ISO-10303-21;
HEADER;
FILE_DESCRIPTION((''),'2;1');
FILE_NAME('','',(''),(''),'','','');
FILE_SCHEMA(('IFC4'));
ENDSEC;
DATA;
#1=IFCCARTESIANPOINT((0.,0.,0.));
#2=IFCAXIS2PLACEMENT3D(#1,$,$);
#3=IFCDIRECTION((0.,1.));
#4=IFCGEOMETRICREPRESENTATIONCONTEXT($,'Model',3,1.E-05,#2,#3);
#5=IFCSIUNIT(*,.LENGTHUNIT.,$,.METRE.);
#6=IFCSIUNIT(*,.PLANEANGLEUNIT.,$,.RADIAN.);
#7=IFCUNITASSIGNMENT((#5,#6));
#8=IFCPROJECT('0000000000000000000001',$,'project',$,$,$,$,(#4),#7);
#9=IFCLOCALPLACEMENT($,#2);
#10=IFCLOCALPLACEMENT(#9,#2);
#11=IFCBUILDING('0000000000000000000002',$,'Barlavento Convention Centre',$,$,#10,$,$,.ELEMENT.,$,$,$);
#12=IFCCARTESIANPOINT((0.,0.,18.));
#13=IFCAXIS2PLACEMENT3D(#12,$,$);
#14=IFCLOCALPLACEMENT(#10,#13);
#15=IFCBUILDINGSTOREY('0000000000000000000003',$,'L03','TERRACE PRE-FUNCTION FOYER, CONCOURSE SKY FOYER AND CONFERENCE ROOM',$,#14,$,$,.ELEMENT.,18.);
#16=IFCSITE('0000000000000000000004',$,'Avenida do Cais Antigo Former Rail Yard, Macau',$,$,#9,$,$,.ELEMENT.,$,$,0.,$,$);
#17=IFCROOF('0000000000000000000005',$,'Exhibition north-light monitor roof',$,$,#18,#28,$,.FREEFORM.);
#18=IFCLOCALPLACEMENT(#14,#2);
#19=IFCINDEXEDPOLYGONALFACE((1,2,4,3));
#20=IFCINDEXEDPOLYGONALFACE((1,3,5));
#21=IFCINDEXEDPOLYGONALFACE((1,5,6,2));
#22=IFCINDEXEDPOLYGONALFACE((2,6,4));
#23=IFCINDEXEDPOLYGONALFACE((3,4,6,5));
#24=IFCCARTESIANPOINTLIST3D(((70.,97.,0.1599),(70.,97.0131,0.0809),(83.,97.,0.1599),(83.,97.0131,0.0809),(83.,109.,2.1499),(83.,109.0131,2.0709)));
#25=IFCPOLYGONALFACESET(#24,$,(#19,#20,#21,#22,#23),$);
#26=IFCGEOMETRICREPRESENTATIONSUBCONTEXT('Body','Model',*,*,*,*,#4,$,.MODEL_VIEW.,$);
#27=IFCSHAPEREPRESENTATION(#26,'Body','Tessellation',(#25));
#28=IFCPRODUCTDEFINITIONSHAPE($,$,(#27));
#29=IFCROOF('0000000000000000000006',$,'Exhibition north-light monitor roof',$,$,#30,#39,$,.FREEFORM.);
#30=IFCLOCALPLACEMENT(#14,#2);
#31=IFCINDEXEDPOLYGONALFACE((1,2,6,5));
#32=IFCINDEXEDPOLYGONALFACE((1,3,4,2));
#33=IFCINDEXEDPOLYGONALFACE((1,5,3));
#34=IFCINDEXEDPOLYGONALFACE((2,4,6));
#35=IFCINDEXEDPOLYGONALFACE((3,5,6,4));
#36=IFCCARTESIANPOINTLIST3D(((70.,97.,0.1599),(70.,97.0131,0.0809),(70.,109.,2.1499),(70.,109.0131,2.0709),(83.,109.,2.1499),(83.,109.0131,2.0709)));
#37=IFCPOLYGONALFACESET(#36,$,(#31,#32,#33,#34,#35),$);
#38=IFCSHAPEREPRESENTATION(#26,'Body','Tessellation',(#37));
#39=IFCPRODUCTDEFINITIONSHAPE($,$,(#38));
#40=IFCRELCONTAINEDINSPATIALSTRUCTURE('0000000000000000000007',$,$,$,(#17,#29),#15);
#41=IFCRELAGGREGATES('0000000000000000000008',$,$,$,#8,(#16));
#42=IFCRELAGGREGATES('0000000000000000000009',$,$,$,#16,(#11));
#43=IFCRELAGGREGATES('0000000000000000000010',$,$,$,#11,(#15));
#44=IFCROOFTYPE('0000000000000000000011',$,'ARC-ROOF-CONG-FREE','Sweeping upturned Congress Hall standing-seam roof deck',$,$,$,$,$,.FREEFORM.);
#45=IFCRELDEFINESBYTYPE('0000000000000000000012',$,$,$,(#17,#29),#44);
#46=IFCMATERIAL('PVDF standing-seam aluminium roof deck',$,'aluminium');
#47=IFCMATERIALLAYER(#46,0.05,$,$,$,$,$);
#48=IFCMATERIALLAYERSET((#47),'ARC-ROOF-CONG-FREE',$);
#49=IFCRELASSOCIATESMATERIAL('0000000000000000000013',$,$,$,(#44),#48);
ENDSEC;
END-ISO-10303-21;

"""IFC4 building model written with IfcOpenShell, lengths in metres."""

from ifc_helpers import new_model, si_unit, direction, frame, origin, place, context, subcontext, project, spatial, polyline, outline, extrude, material, layer, layer_set, type_object, element, save


model = new_model("IFC4")

# Units and contexts
model_context = context("Model", 3, precision=1e-05, world=origin(), true_north=direction((0.0, 1.0)))
body_context = subcontext(model_context, "Body", "Model", "MODEL_VIEW")
ifc_project = project(units=[si_unit("LENGTHUNIT", "METRE"), si_unit("PLANEANGLEUNIT", "RADIAN")], contexts=[model_context])

# Site, building, storey
site_placement = place(None, origin())
site = spatial("IfcSite", under=ifc_project, at=site_placement, Name="Avenida do Cais Antigo Former Rail Yard, Macau", CompositionType="ELEMENT", RefElevation=0.0)
building_placement = place(site_placement, origin())
building = spatial("IfcBuilding", under=site, at=building_placement, Name="Barlavento Convention Centre", CompositionType="ELEMENT")
storey_placement = place(building_placement, frame((0.0, 0.0, 18.0)))
storey = spatial("IfcBuildingStorey", under=building, at=storey_placement, Name="L03", Description="TERRACE PRE-FUNCTION FOYER, CONCOURSE SKY FOYER AND CONFERENCE ROOM", CompositionType="ELEMENT", Elevation=18.0)

# Roofs
ifc_material_1 = material(Name="PVDF standing-seam aluminium roof deck", Category="aluminium")
ifc_layer_1 = layer(ifc_material_1, 0.05)
ifc_layer_set_1 = layer_set([ifc_layer_1], Name="ARC-ROOF-CONG-FREE")
roof_type = type_object("IfcRoofType", Name="ARC-ROOF-CONG-FREE", Description="Sweeping upturned Congress Hall standing-seam roof deck", PredefinedType="FREEFORM", material=ifc_layer_set_1)
roof_1_placement = place(storey_placement, frame((70.0, 97.0, 0.1599), z_axis=(0.0, -0.163598, 0.986527), x_axis=(1.0, 0.0, 0.0)))
element("IfcRoof", 1, at=roof_1_placement, inside=storey, type_object=roof_type, Name="Exhibition north-light monitor roof", PredefinedType="FREEFORM", context=body_context, shape_type="SweptSolid", body=[
    extrude(outline(polyline([(0.0, 0.0), (13.0, 0.0), (13.0, 12.1639), (0.0, 0.0)])), origin(), (0.0, 0.0, -1.0), 0.0801),
])
roof_2_placement = place(storey_placement, frame((70.0, 97.0, 0.1599), z_axis=(0.0, -0.163598, 0.986527), x_axis=(0.730199, 0.67403, 0.111776)))
element("IfcRoof", 2, at=roof_2_placement, inside=storey, type_object=roof_type, Name="Exhibition north-light monitor roof", PredefinedType="FREEFORM", context=body_context, shape_type="SweptSolid", body=[
    extrude(outline(polyline([(0.0, 0.0), (17.8034, 0.0), (8.3108, 8.8821), (0.0, 0.0)])), origin(), (0.0, 0.0, -1.0), 0.0801),
])

save(model, "model.ifc")
